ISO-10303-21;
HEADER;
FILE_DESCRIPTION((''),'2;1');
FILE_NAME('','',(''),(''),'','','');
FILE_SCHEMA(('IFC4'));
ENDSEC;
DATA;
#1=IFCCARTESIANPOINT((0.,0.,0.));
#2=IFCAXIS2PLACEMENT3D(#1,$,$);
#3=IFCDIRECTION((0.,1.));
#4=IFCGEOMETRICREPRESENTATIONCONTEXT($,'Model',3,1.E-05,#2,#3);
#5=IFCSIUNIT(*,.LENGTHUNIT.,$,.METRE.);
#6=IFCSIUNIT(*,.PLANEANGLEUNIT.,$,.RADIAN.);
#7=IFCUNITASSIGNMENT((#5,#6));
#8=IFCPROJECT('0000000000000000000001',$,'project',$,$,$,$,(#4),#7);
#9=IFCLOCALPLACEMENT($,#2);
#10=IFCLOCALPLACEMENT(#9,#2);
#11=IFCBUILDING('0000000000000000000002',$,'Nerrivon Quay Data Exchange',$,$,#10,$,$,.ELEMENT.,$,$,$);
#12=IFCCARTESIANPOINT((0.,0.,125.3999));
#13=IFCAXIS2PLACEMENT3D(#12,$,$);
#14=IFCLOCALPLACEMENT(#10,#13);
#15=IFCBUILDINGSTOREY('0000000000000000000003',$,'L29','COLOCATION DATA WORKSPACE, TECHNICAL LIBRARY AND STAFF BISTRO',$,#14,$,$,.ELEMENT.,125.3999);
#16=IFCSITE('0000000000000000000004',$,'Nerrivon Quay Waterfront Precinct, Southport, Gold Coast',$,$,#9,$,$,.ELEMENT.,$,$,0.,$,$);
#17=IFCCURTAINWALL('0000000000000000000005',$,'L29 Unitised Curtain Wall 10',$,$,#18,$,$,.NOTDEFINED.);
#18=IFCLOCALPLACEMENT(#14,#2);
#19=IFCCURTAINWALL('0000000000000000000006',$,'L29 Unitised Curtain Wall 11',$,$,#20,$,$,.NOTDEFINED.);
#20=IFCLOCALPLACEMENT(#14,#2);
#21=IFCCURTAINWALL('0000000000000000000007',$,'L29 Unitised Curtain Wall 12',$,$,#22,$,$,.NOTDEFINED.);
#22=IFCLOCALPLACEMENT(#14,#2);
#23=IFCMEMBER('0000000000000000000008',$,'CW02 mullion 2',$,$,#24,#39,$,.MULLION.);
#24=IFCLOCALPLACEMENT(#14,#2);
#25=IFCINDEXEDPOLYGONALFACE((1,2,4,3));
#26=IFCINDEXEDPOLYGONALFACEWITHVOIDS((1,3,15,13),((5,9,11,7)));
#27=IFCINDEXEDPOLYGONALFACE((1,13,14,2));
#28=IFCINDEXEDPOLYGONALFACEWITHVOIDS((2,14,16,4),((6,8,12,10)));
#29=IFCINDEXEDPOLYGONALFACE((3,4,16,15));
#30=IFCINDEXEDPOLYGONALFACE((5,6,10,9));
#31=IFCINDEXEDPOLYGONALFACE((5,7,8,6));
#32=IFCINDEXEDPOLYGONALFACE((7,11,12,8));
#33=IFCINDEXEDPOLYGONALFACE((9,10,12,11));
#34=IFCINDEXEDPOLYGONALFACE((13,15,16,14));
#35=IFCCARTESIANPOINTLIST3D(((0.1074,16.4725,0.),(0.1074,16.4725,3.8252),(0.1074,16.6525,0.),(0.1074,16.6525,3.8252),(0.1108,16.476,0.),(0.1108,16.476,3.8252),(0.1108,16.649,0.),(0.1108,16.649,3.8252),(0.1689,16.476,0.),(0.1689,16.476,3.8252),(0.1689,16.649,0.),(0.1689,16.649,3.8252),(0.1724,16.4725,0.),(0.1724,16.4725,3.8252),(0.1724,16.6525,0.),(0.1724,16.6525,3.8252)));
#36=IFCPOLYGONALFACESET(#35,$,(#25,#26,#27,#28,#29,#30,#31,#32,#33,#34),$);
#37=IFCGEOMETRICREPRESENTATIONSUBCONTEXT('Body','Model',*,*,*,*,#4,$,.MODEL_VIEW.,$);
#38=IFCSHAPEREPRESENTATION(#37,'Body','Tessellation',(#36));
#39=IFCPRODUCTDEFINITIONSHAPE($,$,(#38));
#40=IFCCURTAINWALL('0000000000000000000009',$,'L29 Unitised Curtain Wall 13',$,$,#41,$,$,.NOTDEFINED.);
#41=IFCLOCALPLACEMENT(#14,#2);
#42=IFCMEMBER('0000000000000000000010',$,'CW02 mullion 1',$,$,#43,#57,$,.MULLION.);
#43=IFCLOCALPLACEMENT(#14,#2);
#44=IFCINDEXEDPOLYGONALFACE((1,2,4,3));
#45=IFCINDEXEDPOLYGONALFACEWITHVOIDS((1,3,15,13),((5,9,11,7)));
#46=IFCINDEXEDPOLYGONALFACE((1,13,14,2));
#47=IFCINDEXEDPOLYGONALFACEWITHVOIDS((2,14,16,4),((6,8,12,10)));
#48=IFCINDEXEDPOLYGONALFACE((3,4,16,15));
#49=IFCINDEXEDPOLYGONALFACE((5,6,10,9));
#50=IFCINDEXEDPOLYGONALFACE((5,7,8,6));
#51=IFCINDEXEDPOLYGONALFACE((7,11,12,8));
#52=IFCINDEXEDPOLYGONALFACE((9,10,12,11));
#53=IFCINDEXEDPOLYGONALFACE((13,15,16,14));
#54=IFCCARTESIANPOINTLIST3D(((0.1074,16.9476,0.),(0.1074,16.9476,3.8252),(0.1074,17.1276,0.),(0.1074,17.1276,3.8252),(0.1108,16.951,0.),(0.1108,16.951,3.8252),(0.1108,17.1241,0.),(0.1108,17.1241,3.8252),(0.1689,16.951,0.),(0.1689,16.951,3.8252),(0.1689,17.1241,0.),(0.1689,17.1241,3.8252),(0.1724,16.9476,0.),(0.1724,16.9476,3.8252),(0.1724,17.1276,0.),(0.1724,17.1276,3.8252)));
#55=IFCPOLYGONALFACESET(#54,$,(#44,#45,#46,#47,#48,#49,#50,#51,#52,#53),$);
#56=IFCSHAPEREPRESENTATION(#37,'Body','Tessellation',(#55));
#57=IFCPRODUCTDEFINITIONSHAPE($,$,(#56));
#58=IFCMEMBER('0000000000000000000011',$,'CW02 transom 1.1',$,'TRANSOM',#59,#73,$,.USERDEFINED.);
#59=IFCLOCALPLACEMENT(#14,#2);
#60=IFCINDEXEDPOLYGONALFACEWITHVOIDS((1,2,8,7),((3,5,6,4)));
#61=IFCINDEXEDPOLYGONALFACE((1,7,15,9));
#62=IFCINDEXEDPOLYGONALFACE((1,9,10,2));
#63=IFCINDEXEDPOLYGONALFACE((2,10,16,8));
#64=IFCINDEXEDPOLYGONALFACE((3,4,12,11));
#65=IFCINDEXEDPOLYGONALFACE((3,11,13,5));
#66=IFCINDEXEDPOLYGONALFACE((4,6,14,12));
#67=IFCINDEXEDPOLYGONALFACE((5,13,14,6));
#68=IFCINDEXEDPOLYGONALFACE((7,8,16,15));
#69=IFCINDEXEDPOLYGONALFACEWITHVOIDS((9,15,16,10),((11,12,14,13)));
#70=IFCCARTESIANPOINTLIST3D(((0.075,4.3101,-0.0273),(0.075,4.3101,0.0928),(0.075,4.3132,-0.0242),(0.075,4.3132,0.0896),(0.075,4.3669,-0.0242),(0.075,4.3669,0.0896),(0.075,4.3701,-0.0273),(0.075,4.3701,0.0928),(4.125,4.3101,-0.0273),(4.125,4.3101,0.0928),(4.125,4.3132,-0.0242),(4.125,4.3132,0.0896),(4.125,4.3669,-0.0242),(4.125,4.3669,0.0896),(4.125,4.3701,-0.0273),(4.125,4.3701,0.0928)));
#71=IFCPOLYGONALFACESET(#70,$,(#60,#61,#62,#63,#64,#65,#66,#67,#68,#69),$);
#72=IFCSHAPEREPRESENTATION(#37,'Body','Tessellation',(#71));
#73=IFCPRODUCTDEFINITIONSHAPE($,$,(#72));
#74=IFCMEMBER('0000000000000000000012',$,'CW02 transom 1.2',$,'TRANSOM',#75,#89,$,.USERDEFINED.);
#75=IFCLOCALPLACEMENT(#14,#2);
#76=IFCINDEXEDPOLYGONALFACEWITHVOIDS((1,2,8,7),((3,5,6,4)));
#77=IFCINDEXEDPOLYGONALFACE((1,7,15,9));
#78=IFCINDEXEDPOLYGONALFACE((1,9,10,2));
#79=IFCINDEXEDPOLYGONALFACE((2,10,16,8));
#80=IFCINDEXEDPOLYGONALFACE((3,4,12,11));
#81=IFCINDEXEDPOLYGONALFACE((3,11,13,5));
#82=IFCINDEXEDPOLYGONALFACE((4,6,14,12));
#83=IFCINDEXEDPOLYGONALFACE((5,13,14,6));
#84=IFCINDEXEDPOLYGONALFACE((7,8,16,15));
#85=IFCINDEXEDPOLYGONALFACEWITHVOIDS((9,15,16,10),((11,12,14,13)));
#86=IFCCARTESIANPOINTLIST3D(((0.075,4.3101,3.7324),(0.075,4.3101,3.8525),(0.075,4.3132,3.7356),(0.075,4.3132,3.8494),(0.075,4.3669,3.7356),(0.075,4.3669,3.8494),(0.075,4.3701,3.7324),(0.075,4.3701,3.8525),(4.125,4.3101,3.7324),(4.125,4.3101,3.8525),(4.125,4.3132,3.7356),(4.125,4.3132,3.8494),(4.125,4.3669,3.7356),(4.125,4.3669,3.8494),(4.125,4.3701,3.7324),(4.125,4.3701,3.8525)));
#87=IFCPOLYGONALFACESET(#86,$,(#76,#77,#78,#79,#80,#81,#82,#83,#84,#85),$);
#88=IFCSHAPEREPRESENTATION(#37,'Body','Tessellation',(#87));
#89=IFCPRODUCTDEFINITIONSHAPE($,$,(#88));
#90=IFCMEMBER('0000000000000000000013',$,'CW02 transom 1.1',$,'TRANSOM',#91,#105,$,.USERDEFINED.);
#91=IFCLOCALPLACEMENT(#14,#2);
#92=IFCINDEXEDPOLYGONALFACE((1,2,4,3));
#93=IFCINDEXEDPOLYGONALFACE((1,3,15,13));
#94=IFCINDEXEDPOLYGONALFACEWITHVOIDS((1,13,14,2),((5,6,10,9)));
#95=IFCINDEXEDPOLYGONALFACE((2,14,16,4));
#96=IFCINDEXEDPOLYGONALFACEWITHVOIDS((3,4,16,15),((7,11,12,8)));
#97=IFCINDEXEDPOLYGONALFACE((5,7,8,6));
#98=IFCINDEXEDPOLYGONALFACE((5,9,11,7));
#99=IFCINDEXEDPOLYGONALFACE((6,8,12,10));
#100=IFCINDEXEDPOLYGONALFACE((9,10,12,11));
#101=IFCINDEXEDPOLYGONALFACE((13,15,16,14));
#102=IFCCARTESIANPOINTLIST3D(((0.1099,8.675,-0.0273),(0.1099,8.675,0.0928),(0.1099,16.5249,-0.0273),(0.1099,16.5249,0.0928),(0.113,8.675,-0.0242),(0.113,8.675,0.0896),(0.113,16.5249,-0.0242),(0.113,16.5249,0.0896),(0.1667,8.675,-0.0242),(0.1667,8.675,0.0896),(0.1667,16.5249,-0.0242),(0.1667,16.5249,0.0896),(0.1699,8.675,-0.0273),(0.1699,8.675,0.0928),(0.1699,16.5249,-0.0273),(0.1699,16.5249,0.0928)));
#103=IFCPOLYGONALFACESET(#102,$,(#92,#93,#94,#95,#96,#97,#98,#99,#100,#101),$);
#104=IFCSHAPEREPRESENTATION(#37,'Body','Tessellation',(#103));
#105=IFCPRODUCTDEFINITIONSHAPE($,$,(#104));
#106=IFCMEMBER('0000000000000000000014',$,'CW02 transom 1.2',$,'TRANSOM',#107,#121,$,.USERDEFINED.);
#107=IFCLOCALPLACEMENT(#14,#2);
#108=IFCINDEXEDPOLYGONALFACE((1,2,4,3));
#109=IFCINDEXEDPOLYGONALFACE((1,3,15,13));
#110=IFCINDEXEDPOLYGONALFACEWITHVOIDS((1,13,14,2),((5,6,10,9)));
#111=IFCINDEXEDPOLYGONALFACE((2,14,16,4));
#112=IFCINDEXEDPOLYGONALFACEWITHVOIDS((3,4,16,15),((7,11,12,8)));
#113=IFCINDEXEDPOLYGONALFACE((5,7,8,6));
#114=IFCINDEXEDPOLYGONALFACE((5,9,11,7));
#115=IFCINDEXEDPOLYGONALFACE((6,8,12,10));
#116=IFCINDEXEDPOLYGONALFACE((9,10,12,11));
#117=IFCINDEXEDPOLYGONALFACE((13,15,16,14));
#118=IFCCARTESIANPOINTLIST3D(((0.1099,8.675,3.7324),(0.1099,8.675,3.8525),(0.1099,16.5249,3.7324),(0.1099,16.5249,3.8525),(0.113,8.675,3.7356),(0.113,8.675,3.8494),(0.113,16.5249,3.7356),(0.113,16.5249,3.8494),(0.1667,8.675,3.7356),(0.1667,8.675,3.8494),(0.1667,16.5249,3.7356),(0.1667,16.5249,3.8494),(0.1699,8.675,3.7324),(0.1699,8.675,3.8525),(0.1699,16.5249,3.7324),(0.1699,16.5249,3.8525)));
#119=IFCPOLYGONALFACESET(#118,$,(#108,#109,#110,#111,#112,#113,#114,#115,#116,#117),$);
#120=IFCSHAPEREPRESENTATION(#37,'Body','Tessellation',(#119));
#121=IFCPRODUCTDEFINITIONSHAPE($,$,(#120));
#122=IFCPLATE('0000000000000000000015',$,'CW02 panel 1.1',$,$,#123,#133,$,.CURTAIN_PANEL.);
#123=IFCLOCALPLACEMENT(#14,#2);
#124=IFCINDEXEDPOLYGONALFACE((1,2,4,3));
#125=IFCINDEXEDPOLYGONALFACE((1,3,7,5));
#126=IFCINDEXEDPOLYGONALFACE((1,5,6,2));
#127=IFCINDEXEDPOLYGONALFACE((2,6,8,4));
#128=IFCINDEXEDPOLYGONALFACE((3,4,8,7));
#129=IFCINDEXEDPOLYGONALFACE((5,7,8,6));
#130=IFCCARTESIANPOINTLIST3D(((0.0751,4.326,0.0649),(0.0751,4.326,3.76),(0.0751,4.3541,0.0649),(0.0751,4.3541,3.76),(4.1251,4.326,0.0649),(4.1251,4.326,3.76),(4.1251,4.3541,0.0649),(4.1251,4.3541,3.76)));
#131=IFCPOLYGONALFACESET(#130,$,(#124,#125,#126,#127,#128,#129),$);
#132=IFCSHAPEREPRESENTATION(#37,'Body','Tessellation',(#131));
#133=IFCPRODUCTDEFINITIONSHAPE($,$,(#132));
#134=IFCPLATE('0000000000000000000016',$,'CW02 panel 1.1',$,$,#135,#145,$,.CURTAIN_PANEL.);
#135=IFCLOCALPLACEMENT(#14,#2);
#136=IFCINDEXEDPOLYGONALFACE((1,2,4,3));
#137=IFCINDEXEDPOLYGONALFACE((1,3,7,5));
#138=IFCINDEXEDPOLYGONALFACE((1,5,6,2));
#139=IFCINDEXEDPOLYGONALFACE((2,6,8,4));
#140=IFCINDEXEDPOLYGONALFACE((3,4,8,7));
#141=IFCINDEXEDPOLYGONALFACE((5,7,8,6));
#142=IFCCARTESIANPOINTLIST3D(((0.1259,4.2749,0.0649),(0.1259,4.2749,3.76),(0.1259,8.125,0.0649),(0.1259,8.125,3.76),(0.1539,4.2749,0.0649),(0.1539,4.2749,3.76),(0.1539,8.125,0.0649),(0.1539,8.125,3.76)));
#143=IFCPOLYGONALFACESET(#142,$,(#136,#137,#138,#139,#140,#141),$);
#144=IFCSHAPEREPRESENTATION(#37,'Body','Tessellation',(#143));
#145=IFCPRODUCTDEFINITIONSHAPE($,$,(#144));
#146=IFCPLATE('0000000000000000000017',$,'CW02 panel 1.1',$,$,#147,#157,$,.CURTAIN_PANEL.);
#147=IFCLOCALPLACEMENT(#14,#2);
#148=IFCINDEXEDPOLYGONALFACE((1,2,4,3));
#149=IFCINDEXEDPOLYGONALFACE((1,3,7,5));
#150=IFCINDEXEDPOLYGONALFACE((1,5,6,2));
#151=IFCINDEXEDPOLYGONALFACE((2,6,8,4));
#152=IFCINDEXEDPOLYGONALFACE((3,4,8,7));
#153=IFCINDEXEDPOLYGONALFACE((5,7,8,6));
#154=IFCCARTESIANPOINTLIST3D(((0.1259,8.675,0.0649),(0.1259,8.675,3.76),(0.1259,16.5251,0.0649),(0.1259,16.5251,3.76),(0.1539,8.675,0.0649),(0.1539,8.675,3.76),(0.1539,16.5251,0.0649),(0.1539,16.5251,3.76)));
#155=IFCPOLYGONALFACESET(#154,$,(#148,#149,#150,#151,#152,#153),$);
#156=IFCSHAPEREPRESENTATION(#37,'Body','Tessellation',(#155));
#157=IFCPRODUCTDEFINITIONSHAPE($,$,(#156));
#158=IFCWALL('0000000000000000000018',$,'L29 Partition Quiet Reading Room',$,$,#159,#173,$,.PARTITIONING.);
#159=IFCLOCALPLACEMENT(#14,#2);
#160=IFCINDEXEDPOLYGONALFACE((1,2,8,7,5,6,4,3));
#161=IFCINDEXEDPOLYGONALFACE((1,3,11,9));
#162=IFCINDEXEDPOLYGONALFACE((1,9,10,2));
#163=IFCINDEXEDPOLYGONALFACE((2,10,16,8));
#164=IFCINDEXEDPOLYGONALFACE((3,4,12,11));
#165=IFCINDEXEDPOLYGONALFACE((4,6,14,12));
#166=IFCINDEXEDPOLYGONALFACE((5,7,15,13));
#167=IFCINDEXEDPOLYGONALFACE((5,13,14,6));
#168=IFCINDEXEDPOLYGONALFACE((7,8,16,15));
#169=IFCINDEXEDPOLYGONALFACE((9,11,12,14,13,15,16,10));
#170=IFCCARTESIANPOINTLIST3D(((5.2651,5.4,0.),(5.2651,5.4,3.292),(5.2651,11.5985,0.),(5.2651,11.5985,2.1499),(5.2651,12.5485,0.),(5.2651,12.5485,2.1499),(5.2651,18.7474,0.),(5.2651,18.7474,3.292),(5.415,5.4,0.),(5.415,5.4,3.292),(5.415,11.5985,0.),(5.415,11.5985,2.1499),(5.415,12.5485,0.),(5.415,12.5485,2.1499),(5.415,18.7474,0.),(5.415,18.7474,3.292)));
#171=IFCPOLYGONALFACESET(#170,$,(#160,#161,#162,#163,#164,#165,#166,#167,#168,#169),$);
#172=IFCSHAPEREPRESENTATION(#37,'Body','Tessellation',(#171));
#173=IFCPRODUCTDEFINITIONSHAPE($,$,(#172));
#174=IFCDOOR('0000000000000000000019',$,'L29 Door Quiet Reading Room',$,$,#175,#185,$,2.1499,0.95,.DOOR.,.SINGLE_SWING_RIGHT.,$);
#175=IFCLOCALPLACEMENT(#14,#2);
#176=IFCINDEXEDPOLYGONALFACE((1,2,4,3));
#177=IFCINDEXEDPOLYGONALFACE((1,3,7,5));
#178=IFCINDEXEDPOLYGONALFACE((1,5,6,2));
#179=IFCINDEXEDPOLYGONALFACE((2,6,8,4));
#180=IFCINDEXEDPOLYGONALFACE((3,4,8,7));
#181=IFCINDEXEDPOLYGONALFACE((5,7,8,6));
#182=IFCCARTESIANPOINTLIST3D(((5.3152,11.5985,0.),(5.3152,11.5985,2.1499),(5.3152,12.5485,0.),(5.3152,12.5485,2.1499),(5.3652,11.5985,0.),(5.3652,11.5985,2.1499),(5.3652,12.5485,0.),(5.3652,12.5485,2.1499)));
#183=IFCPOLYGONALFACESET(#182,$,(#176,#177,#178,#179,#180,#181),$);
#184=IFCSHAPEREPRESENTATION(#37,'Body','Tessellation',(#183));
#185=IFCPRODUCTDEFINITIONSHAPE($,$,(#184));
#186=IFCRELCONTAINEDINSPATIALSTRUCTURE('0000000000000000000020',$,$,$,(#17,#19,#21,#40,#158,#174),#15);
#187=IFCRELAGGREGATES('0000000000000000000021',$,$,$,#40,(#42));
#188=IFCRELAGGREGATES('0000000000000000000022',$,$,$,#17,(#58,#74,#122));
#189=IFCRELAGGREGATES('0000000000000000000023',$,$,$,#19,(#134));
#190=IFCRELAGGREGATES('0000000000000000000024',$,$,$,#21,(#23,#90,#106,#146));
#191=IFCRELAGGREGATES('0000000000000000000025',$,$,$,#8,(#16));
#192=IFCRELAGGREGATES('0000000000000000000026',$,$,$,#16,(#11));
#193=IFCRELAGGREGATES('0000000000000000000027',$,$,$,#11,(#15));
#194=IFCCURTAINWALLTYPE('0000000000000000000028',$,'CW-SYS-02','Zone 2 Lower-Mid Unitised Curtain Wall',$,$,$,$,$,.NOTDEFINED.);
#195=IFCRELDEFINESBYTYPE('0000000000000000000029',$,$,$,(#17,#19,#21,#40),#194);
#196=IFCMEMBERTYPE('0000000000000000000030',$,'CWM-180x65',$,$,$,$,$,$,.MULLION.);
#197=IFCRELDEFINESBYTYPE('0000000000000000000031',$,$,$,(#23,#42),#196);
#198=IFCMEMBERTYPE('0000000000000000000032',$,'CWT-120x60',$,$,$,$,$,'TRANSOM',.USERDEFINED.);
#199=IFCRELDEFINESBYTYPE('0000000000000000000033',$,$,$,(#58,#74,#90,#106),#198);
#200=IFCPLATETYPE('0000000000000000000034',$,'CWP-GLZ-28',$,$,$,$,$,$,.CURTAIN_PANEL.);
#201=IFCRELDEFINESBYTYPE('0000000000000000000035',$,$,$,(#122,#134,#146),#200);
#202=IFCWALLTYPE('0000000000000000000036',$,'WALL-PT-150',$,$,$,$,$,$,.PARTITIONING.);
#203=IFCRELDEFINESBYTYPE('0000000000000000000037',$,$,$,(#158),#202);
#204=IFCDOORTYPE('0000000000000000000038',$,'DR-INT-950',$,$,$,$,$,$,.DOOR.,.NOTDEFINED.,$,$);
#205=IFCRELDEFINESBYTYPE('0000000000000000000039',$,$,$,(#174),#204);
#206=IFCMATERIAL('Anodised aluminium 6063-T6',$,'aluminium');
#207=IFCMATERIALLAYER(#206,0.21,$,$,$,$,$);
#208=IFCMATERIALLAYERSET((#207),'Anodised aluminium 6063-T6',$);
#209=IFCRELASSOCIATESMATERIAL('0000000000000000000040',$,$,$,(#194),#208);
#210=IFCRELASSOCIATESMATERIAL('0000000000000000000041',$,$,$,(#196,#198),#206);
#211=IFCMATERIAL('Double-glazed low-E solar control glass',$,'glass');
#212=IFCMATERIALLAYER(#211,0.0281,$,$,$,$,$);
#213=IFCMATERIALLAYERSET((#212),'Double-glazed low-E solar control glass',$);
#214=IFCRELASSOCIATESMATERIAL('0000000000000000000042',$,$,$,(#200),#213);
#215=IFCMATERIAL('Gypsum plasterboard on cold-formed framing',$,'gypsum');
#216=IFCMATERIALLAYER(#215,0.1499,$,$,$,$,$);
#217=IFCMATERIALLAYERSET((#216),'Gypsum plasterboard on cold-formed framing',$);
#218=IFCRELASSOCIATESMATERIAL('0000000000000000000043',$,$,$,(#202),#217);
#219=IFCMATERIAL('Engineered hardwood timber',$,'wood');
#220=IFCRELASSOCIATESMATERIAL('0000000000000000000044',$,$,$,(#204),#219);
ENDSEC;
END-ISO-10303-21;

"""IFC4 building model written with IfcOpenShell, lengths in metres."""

from ifc_helpers import new_model, si_unit, direction, frame, frame_2d, origin, origin_2d, place, context, subcontext, project, spatial, rectangle, hollow_rectangle, extrude, material, layer, layer_set, material_profile, profile_set, type_object, element, fill, aggregate, save


model = new_model("IFC4")

# Units and contexts
model_context = context("Model", 3, precision=1e-05, world=origin(), true_north=direction((0.0, 1.0)))
body_context = subcontext(model_context, "Body", "Model", "MODEL_VIEW")
ifc_project = project(units=[si_unit("LENGTHUNIT", "METRE"), si_unit("PLANEANGLEUNIT", "RADIAN")], contexts=[model_context])

# Site, building, storey
site_placement = place(None, origin())
site = spatial("IfcSite", under=ifc_project, at=site_placement, Name="Nerrivon Quay Waterfront Precinct, Southport, Gold Coast", CompositionType="ELEMENT", RefElevation=0.0)
building_placement = place(site_placement, origin())
building = spatial("IfcBuilding", under=site, at=building_placement, Name="Nerrivon Quay Data Exchange", CompositionType="ELEMENT")
storey_placement = place(building_placement, frame((0.0, 0.0, 125.3999)))
storey = spatial("IfcBuildingStorey", under=building, at=storey_placement, Name="L29", Description="COLOCATION DATA WORKSPACE, TECHNICAL LIBRARY AND STAFF BISTRO", CompositionType="ELEMENT", Elevation=125.3999)

# Curtain walls
ifc_material_1 = material(Name="Anodised aluminium 6063-T6", Category="aluminium")
ifc_layer_1 = layer(ifc_material_1, 0.21)
ifc_layer_set_1 = layer_set([ifc_layer_1], Name="Anodised aluminium 6063-T6")
curtain_wall_type = type_object("IfcCurtainWallType", Name="CW-SYS-02", Description="Zone 2 Lower-Mid Unitised Curtain Wall", PredefinedType="NOTDEFINED", material=ifc_layer_set_1)
curtain_wall_1_placement = place(storey_placement, origin())
curtain_wall_1 = element("IfcCurtainWall", 1, at=curtain_wall_1_placement, inside=storey, type_object=curtain_wall_type, Name="L29 Unitised Curtain Wall 10", PredefinedType="NOTDEFINED")
ifc_material_profile_1 = material_profile(ifc_material_1, hollow_rectangle(XDim=0.0649, YDim=0.1799, WallThickness=0.0034, at=origin_2d()), Name="ALU-MULL-180x65")
ifc_profile_set_1 = profile_set([ifc_material_profile_1], Name="Anodised aluminium 6063-T6")
member_type_1 = type_object("IfcMemberType", Name="CWM-180x65", PredefinedType="MULLION", material=ifc_profile_set_1)
curtain_wall_2_placement = place(storey_placement, origin())
curtain_wall_2 = element("IfcCurtainWall", 2, at=curtain_wall_2_placement, inside=storey, type_object=curtain_wall_type, Name="L29 Unitised Curtain Wall 11", PredefinedType="NOTDEFINED")

# Curtain wall, member
curtain_wall_3_placement = place(storey_placement, origin())
curtain_wall_3 = element("IfcCurtainWall", 3, at=curtain_wall_3_placement, inside=storey, type_object=curtain_wall_type, Name="L29 Unitised Curtain Wall 12", PredefinedType="NOTDEFINED")
member_1_placement = place(storey_placement, frame((0.1399, 16.5625, 0.0), z_axis=(0.0, 0.0, 1.0), x_axis=(-1.0, 0.0, 0.0)))
member_1 = element("IfcMember", 4, at=member_1_placement, type_object=member_type_1, Name="CW02 mullion 2", PredefinedType="MULLION", context=body_context, shape_type="SweptSolid", body=[
    extrude(hollow_rectangle(XDim=0.0649, YDim=0.1799, WallThickness=0.0034, at=origin_2d()), origin(), (0.0, 0.0, 1.0), 3.8252),
])

# Curtain wall, member
curtain_wall_4_placement = place(storey_placement, origin())
curtain_wall_4 = element("IfcCurtainWall", 5, at=curtain_wall_4_placement, inside=storey, type_object=curtain_wall_type, Name="L29 Unitised Curtain Wall 13", PredefinedType="NOTDEFINED")
member_2_placement = place(storey_placement, frame((0.1399, 17.0376, 0.0), z_axis=(0.0, 0.0, 1.0), x_axis=(-1.0, 0.0, 0.0)))
member_2 = element("IfcMember", 6, at=member_2_placement, type_object=member_type_1, Name="CW02 mullion 1", PredefinedType="MULLION", context=body_context, shape_type="SweptSolid", body=[
    extrude(hollow_rectangle(XDim=0.0649, YDim=0.1799, WallThickness=0.0034, at=origin_2d()), origin(), (0.0, 0.0, 1.0), 3.8252),
])
aggregate(curtain_wall_4, [member_2])

# Members
ifc_material_profile_2 = material_profile(ifc_material_1, hollow_rectangle(XDim=0.0601, YDim=0.1201, WallThickness=0.0032, at=origin_2d()), Name="ALU-TRAN-120x60")
ifc_profile_set_2 = profile_set([ifc_material_profile_2], Name="Anodised aluminium 6063-T6")
member_type_2 = type_object("IfcMemberType", Name="CWT-120x60", ElementType="TRANSOM", PredefinedType="USERDEFINED", material=ifc_profile_set_2)
member_3_placement = place(storey_placement, frame((4.125, 4.3401, 0.0327), z_axis=(-1.0, 0.0, 0.0), x_axis=(0.0, -1.0, 0.0)))
member_3 = element("IfcMember", 7, at=member_3_placement, type_object=member_type_2, Name="CW02 transom 1.1", ObjectType="TRANSOM", PredefinedType="USERDEFINED", context=body_context, shape_type="SweptSolid", body=[
    extrude(hollow_rectangle(XDim=0.0601, YDim=0.1201, WallThickness=0.0032, at=origin_2d()), origin(), (0.0, 0.0, 1.0), 4.05),
])
member_4_placement = place(storey_placement, frame((4.125, 4.3401, 3.7925), z_axis=(-1.0, 0.0, 0.0), x_axis=(0.0, -1.0, 0.0)))
member_4 = element("IfcMember", 8, at=member_4_placement, type_object=member_type_2, Name="CW02 transom 1.2", ObjectType="TRANSOM", PredefinedType="USERDEFINED", context=body_context, shape_type="SweptSolid", body=[
    extrude(hollow_rectangle(XDim=0.0601, YDim=0.1201, WallThickness=0.0032, at=origin_2d()), origin(), (0.0, 0.0, 1.0), 4.05),
])
member_5_placement = place(storey_placement, frame((0.1399, 8.675, 0.0327), z_axis=(0.0, 1.0, 0.0), x_axis=(-1.0, 0.0, 0.0)))
member_5 = element("IfcMember", 9, at=member_5_placement, type_object=member_type_2, Name="CW02 transom 1.1", ObjectType="TRANSOM", PredefinedType="USERDEFINED", context=body_context, shape_type="SweptSolid", body=[
    extrude(hollow_rectangle(XDim=0.0601, YDim=0.1201, WallThickness=0.0032, at=origin_2d()), origin(), (0.0, 0.0, 1.0), 7.8499),
])
member_6_placement = place(storey_placement, frame((0.1399, 8.675, 3.7925), z_axis=(0.0, 1.0, 0.0), x_axis=(-1.0, 0.0, 0.0)))
member_6 = element("IfcMember", 10, at=member_6_placement, type_object=member_type_2, Name="CW02 transom 1.2", ObjectType="TRANSOM", PredefinedType="USERDEFINED", context=body_context, shape_type="SweptSolid", body=[
    extrude(hollow_rectangle(XDim=0.0601, YDim=0.1201, WallThickness=0.0032, at=origin_2d()), origin(), (0.0, 0.0, 1.0), 7.8499),
])

# Plates
ifc_material_2 = material(Name="Double-glazed low-E solar control glass", Category="glass")
ifc_layer_2 = layer(ifc_material_2, 0.0281)
ifc_layer_set_2 = layer_set([ifc_layer_2], Name="Double-glazed low-E solar control glass")
plate_type = type_object("IfcPlateType", Name="CWP-GLZ-28", PredefinedType="CURTAIN_PANEL", material=ifc_layer_set_2)
plate_1_placement = place(storey_placement, frame((2.1001, 4.3401, 0.0649), z_axis=(0.0, 0.0, 1.0), x_axis=(-1.0, 0.0, 0.0)))
plate_1 = element("IfcPlate", 11, at=plate_1_placement, type_object=plate_type, Name="CW02 panel 1.1", PredefinedType="CURTAIN_PANEL", context=body_context, shape_type="SweptSolid", body=[
    extrude(rectangle(XDim=4.05, YDim=0.0281, at=origin_2d()), origin(), (0.0, 0.0, 1.0), 3.6951),
])
aggregate(curtain_wall_1, [member_3, member_4, plate_1])
plate_2_placement = place(storey_placement, frame((0.1399, 6.2, 0.0649), z_axis=(0.0, 0.0, 1.0), x_axis=(0.0, 1.0, 0.0)))
plate_2 = element("IfcPlate", 12, at=plate_2_placement, type_object=plate_type, Name="CW02 panel 1.1", PredefinedType="CURTAIN_PANEL", context=body_context, shape_type="SweptSolid", body=[
    extrude(rectangle(XDim=3.8501, YDim=0.0281, at=origin_2d()), origin(), (0.0, 0.0, 1.0), 3.6951),
])
aggregate(curtain_wall_2, [plate_2])
plate_3_placement = place(storey_placement, frame((0.1399, 12.6001, 0.0649), z_axis=(0.0, 0.0, 1.0), x_axis=(0.0, 1.0, 0.0)))
plate_3 = element("IfcPlate", 13, at=plate_3_placement, type_object=plate_type, Name="CW02 panel 1.1", PredefinedType="CURTAIN_PANEL", context=body_context, shape_type="SweptSolid", body=[
    extrude(rectangle(XDim=7.8501, YDim=0.0281, at=origin_2d()), origin(), (0.0, 0.0, 1.0), 3.6951),
])
aggregate(curtain_wall_3, [member_1, member_5, member_6, plate_3])

# Wall, opening, door
ifc_material_3 = material(Name="Gypsum plasterboard on cold-formed framing", Category="gypsum")
ifc_layer_3 = layer(ifc_material_3, 0.1499)
ifc_layer_set_3 = layer_set([ifc_layer_3], Name="Gypsum plasterboard on cold-formed framing")
wall_type = type_object("IfcWallType", Name="WALL-PT-150", PredefinedType="PARTITIONING", material=ifc_layer_set_3)
wall_1_placement = place(storey_placement, frame((5.3401, 5.3999, 0.0), z_axis=(0.0, 0.0, 1.0), x_axis=(0.0, 1.0, 0.0)))
wall_1 = element("IfcWall", 14, at=wall_1_placement, inside=storey, type_object=wall_type, Name="L29 Partition Quiet Reading Room", PredefinedType="PARTITIONING", context=body_context, shape_type="SweptSolid", body=[
    extrude(rectangle(XDim=13.3474, YDim=0.1499, at=frame_2d((6.6738, 0.0))), origin(), (0.0, 0.0, 1.0), 3.292),
])
opening_placement = place(wall_1_placement, frame((6.1985, 0.0, 0.0)))
opening = element("IfcOpeningElement", 15, at=opening_placement, cuts=wall_1, PredefinedType="OPENING", context=body_context, shape_type="SweptSolid", body=[
    extrude(rectangle(XDim=0.95, YDim=2.1499, at=frame_2d((0.4751, 1.075))), frame((0.0, 0.085, 0.0), z_axis=(0.0, -1.0, 0.0), x_axis=(1.0, 0.0, 0.0)), (0.0, 0.0, 1.0), 0.1699),
])
ifc_material_4 = material(Name="Engineered hardwood timber", Category="wood")
door_type = type_object("IfcDoorType", Name="DR-INT-950", OperationType="NOTDEFINED", PredefinedType="DOOR", material=ifc_material_4)
door_placement = place(opening_placement, origin())
door = element("IfcDoor", 16, at=door_placement, inside=storey, type_object=door_type, Name="L29 Door Quiet Reading Room", OperationType="SINGLE_SWING_RIGHT", OverallHeight=2.1499, OverallWidth=0.95, PredefinedType="DOOR", context=body_context, shape_type="SweptSolid", body=[
    extrude(rectangle(XDim=0.95, YDim=2.1499, at=frame_2d((0.4751, 1.075))), frame((0.0, 0.0249, 0.0), z_axis=(0.0, -1.0, 0.0), x_axis=(1.0, 0.0, 0.0)), (0.0, 0.0, 1.0), 0.05),
])
fill(opening, door)

save(model, "model.ifc")
